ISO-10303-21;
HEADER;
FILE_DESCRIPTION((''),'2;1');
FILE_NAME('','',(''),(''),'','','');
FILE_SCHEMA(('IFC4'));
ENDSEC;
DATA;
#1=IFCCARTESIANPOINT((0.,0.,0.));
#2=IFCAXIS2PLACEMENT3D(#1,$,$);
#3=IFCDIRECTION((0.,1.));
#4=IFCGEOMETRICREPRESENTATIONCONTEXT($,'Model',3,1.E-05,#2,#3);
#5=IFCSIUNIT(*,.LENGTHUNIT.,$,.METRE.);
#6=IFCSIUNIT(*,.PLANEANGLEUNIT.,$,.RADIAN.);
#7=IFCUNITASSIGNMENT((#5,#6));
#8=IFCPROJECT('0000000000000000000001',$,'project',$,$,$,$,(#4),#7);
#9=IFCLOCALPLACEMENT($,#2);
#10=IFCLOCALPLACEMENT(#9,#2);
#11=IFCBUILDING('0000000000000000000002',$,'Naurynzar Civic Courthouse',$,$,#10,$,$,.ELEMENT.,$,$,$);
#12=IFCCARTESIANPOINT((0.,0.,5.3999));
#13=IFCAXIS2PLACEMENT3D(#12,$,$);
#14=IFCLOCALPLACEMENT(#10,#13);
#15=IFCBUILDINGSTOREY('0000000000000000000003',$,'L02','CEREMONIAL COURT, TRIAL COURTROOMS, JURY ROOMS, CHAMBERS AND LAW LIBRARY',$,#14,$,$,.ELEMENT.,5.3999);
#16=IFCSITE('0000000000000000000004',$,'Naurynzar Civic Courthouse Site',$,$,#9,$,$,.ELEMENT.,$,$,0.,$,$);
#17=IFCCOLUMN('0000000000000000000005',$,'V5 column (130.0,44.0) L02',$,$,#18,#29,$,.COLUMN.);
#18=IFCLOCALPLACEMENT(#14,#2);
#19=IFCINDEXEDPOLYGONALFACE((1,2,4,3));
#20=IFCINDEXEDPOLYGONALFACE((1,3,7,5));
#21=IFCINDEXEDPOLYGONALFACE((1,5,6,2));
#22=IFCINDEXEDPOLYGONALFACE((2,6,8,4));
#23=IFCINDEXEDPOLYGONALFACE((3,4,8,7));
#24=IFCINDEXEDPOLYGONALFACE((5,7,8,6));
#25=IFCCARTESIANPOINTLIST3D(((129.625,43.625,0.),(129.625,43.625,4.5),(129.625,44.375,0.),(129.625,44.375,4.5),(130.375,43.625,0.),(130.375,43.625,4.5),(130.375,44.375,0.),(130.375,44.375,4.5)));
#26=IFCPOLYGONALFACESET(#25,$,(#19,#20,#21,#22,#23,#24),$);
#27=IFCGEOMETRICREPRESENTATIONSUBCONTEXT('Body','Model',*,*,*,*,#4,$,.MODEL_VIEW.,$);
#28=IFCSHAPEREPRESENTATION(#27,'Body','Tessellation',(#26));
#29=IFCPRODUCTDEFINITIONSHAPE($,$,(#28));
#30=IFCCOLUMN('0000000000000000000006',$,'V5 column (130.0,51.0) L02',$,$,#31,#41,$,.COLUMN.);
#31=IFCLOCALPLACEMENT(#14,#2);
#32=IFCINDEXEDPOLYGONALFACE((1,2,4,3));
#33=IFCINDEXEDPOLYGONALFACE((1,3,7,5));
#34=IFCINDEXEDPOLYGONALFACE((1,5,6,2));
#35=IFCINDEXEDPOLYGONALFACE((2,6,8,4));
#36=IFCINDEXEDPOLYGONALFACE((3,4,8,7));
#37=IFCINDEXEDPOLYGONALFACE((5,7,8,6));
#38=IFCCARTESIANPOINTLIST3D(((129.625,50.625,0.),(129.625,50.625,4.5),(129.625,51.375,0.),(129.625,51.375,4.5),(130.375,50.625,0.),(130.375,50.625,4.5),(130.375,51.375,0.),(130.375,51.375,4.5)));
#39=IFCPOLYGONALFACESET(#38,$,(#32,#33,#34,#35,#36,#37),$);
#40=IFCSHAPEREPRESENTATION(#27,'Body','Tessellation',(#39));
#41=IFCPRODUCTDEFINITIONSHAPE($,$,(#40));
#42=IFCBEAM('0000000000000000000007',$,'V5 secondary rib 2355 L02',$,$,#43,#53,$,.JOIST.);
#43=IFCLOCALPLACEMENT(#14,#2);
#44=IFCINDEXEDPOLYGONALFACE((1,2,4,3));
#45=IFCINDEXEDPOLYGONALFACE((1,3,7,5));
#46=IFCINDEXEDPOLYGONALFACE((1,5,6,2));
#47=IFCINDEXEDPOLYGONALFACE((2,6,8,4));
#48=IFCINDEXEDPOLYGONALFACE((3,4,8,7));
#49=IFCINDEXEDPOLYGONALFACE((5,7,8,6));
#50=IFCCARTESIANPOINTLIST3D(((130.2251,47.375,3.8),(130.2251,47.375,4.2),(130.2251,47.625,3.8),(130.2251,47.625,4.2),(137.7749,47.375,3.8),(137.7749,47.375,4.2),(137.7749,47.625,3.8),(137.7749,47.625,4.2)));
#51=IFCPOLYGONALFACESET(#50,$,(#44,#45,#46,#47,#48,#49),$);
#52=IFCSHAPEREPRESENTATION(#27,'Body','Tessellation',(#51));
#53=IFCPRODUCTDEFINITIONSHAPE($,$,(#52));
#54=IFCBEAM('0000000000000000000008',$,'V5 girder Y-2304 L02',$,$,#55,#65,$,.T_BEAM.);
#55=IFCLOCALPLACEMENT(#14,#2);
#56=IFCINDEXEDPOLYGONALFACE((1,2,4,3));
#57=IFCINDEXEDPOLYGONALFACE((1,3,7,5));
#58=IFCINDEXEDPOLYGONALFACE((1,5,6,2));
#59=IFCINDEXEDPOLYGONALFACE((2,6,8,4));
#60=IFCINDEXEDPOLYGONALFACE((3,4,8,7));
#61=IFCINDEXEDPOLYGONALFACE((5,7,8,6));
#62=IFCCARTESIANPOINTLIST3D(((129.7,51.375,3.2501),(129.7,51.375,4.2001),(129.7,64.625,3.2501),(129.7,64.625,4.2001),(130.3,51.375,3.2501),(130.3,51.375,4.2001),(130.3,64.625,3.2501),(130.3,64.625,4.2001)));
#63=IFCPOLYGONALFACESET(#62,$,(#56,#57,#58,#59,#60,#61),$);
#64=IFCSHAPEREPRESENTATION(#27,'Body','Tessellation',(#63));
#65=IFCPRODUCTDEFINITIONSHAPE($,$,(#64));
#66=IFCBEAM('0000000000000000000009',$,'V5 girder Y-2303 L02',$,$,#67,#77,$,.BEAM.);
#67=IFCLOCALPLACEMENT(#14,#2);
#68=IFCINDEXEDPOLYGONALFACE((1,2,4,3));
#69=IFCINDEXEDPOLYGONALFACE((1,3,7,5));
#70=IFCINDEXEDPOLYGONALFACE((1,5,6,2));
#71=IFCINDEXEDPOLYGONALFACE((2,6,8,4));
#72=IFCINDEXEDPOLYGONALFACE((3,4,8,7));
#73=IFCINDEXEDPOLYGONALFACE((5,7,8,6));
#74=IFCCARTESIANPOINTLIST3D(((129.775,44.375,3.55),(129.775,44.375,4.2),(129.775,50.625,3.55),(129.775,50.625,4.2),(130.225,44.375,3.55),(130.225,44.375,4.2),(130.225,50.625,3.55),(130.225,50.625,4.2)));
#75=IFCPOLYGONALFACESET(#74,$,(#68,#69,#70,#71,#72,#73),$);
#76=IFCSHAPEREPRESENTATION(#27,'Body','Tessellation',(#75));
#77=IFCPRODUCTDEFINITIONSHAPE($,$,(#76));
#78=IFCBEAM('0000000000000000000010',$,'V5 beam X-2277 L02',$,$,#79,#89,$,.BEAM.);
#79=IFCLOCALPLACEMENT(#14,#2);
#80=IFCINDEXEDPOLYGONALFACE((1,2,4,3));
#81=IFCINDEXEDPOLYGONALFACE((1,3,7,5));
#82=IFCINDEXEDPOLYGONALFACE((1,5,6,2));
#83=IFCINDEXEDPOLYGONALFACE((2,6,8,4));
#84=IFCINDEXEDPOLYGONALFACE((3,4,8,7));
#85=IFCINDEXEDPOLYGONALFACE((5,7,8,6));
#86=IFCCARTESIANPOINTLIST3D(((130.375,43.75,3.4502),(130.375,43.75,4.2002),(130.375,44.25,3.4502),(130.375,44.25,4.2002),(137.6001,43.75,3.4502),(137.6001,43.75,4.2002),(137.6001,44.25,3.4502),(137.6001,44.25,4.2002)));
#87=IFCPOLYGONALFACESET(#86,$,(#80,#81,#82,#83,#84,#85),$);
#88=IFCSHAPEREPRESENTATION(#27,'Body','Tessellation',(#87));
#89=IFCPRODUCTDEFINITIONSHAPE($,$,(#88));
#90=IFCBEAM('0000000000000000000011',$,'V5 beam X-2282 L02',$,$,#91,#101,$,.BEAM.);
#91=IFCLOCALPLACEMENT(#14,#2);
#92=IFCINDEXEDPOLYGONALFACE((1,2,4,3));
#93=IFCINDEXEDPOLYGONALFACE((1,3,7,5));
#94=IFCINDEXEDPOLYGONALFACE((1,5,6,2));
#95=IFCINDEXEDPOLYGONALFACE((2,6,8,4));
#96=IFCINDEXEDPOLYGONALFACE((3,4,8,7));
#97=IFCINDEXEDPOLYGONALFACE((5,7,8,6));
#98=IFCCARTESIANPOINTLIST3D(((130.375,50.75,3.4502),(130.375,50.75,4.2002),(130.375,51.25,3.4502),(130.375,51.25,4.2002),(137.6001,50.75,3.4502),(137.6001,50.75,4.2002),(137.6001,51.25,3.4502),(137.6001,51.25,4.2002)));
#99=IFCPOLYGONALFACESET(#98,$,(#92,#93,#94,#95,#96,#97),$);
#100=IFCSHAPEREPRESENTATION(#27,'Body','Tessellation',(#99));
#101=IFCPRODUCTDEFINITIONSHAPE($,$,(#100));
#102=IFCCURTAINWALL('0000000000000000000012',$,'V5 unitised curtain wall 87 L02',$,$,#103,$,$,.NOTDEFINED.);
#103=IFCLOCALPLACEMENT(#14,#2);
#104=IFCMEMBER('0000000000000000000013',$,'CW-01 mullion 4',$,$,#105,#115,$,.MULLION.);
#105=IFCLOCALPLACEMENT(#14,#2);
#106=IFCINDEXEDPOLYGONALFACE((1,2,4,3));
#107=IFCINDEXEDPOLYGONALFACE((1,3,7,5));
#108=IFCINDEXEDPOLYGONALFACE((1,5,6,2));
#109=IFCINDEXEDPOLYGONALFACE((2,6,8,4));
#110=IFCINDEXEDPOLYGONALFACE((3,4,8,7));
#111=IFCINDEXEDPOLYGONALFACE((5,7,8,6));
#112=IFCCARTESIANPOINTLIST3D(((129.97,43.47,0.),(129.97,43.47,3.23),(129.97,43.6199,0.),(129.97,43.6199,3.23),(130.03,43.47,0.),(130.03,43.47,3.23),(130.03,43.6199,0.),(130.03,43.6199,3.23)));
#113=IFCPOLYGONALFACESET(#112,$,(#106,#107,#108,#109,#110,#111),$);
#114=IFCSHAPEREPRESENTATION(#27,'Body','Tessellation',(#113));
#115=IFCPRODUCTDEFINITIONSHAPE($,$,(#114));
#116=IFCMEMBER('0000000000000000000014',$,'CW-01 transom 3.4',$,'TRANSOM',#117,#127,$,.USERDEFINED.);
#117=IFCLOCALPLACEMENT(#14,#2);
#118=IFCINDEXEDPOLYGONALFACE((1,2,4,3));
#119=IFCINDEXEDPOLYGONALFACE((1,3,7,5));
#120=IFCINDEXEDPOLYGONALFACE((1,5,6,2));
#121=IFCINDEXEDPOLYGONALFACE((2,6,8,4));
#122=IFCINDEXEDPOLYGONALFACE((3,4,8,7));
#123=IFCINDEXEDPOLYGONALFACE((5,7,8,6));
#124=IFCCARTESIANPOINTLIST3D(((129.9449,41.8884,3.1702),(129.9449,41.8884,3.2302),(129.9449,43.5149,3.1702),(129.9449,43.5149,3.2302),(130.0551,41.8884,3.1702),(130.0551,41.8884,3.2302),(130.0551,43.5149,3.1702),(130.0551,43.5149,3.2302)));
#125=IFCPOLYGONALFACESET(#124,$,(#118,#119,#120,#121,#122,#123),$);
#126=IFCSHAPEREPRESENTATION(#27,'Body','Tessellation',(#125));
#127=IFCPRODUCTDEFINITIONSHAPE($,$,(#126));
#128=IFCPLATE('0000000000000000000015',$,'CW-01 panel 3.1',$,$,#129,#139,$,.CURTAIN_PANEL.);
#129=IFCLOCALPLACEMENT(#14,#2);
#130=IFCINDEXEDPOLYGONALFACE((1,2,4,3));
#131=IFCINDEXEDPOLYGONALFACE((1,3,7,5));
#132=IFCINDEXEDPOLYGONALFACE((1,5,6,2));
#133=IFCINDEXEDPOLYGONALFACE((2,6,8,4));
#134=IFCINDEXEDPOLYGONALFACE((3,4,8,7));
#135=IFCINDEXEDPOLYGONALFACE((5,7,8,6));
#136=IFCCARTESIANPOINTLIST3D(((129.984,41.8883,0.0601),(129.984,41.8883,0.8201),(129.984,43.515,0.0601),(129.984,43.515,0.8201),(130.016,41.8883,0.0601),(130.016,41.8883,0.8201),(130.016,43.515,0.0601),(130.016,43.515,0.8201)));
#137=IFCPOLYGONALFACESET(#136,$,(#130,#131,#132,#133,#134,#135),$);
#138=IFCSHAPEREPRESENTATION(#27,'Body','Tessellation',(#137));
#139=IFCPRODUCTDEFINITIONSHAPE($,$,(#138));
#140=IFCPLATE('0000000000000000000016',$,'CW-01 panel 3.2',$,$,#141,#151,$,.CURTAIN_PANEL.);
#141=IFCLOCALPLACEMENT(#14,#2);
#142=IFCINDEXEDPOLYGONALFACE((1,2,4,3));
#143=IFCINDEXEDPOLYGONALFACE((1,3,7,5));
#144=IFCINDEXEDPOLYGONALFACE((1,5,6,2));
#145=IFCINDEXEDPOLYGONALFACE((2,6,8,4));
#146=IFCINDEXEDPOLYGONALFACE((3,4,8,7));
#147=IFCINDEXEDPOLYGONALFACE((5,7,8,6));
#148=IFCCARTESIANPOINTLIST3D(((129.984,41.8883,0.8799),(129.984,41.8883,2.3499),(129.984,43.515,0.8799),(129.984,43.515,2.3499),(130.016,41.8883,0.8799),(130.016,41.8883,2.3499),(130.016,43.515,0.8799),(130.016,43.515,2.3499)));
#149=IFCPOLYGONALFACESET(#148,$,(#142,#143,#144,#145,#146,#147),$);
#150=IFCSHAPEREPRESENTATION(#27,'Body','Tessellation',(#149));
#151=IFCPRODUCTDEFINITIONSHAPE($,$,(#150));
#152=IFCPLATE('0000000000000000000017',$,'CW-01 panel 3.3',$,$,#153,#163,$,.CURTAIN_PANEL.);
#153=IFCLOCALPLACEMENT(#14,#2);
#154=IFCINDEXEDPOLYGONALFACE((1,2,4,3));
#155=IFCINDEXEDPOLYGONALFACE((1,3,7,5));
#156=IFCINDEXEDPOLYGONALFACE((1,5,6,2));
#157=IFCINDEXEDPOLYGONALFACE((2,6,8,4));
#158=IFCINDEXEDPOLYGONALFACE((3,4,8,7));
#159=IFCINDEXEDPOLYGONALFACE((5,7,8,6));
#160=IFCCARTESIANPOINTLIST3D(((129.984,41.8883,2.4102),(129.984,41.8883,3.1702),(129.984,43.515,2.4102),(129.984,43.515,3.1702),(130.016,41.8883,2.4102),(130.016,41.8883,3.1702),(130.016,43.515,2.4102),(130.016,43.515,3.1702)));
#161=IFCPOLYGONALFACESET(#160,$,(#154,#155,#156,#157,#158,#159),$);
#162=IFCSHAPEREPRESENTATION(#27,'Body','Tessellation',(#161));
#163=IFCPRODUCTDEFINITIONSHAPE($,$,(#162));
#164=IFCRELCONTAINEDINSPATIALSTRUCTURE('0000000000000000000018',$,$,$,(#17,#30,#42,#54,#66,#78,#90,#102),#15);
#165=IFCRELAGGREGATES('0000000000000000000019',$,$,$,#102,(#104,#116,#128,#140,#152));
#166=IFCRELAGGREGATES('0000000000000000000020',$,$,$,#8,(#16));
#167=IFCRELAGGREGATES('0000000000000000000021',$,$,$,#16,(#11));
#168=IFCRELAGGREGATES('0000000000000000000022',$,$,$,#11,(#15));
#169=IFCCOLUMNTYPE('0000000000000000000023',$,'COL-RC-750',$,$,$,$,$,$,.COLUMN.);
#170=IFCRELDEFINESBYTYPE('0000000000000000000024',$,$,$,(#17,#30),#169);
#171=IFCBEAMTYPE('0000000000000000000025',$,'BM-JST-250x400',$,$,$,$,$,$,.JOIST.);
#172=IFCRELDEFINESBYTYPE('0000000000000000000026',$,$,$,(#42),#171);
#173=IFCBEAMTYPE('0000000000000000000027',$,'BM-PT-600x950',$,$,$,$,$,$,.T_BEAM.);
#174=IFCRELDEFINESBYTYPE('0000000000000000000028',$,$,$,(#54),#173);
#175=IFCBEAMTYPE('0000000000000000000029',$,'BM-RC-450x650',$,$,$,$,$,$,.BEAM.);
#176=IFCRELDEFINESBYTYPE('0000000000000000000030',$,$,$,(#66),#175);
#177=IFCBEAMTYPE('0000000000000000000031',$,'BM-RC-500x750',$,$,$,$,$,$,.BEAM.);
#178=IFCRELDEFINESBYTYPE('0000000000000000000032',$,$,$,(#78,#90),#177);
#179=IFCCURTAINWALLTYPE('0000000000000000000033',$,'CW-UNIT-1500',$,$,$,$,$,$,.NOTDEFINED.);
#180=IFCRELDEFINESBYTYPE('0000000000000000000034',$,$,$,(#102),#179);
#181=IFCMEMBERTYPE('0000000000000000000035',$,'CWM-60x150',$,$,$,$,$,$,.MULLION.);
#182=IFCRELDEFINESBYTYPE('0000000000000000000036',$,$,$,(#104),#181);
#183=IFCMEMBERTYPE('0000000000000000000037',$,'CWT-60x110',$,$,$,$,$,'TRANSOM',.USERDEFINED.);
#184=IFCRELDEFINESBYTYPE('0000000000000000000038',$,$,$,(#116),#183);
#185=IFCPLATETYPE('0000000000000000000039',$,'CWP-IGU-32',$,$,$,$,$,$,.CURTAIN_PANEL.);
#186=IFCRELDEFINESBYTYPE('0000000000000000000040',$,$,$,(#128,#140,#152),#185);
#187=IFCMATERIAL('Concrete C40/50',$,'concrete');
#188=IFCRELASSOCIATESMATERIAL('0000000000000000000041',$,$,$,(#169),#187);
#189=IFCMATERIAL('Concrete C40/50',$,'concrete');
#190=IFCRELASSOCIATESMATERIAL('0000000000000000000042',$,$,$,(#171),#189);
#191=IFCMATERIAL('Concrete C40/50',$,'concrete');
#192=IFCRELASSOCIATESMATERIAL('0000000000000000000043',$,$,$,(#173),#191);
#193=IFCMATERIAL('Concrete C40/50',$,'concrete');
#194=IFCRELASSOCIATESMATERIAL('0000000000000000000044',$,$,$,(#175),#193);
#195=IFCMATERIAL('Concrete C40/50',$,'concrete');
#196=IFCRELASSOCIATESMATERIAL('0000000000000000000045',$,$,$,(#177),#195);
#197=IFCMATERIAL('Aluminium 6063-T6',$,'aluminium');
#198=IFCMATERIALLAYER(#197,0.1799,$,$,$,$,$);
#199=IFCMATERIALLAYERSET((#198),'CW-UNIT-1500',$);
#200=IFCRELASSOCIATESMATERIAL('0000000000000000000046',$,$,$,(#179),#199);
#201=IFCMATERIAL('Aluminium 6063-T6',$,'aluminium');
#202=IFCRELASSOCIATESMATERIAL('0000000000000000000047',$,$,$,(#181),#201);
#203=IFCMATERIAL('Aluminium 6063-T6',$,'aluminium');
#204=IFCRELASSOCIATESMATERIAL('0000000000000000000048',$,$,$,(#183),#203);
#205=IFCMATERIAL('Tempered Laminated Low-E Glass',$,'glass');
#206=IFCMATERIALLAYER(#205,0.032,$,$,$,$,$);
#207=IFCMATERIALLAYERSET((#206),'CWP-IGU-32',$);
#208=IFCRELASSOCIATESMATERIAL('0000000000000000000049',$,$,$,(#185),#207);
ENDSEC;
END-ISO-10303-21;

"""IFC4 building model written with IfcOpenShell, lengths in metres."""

from ifc_helpers import new_model, si_unit, direction, frame, origin, origin_2d, place, context, subcontext, project, spatial, rectangle, extrude, material, layer, layer_set, material_profile, profile_set, type_object, element, aggregate, save


model = new_model("IFC4")

# Units and contexts
model_context = context("Model", 3, precision=1e-05, world=origin(), true_north=direction((0.0, 1.0)))
body_context = subcontext(model_context, "Body", "Model", "MODEL_VIEW")
ifc_project = project(units=[si_unit("LENGTHUNIT", "METRE"), si_unit("PLANEANGLEUNIT", "RADIAN")], contexts=[model_context])

# Site, building, storey
site_placement = place(None, origin())
site = spatial("IfcSite", under=ifc_project, at=site_placement, Name="Naurynzar Civic Courthouse Site", CompositionType="ELEMENT", RefElevation=0.0)
building_placement = place(site_placement, origin())
building = spatial("IfcBuilding", under=site, at=building_placement, Name="Naurynzar Civic Courthouse", CompositionType="ELEMENT")
storey_placement = place(building_placement, frame((0.0, 0.0, 5.3999)))
storey = spatial("IfcBuildingStorey", under=building, at=storey_placement, Name="L02", Description="CEREMONIAL COURT, TRIAL COURTROOMS, JURY ROOMS, CHAMBERS AND LAW LIBRARY", CompositionType="ELEMENT", Elevation=5.3999)

# Columns
ifc_material_1 = material(Name="Concrete C40/50", Category="concrete")
ifc_material_profile_1 = material_profile(ifc_material_1, rectangle(XDim=0.75, YDim=0.75, at=origin_2d()), Name="RC 750x750")
ifc_profile_set_1 = profile_set([ifc_material_profile_1], Name="Concrete C40/50")
column_type = type_object("IfcColumnType", Name="COL-RC-750", PredefinedType="COLUMN", material=ifc_profile_set_1)
for number, where, z_axis, x_axis, name in (
    (1, (130.0, 44.0, 0.0), (0.0, 0.0, 1.0), (1.0, 0.0, 0.0), "V5 column (130.0,44.0) L02"),
    (2, (130.0, 51.0, 0.0), (0.0, 0.0, 1.0), (1.0, 0.0, 0.0), "V5 column (130.0,51.0) L02"),
):
    element("IfcColumn", number, at=place(storey_placement, frame(where, z_axis=z_axis, x_axis=x_axis)), inside=storey, type_object=column_type, Name=name, PredefinedType="COLUMN", context=body_context, shape_type="SweptSolid", body=[
        extrude(rectangle(XDim=0.75, YDim=0.75, at=origin_2d()), origin(), (0.0, 0.0, 1.0), 4.5),
    ])

# Beams
ifc_material_2 = material(Name="Concrete C40/50", Category="concrete")
ifc_material_profile_2 = material_profile(ifc_material_2, rectangle(XDim=0.25, YDim=0.3999, at=origin_2d()), Name="RCB 250x400")
ifc_profile_set_2 = profile_set([ifc_material_profile_2], Name="Concrete C40/50")
beam_type_1 = type_object("IfcBeamType", Name="BM-JST-250x400", PredefinedType="JOIST", material=ifc_profile_set_2)
beam_1_placement = place(storey_placement, frame((130.2251, 47.5, 4.0), z_axis=(1.0, 0.0, 0.0), x_axis=(0.0, 1.0, 0.0)))
element("IfcBeam", 3, at=beam_1_placement, inside=storey, type_object=beam_type_1, Name="V5 secondary rib 2355 L02", PredefinedType="JOIST", context=body_context, shape_type="SweptSolid", body=[
    extrude(rectangle(XDim=0.25, YDim=0.3999, at=origin_2d()), origin(), (0.0, 0.0, 1.0), 7.5498),
])
ifc_material_3 = material(Name="Concrete C40/50", Category="concrete")
ifc_material_profile_3 = material_profile(ifc_material_3, rectangle(XDim=0.6001, YDim=0.95, at=origin_2d()), Name="PTB 600x950")
ifc_profile_set_3 = profile_set([ifc_material_profile_3], Name="Concrete C40/50")
beam_type_2 = type_object("IfcBeamType", Name="BM-PT-600x950", PredefinedType="T_BEAM", material=ifc_profile_set_3)
beam_2_placement = place(storey_placement, frame((130.0, 51.375, 3.7251), z_axis=(0.0, 1.0, 0.0), x_axis=(-1.0, 0.0, 0.0)))
element("IfcBeam", 4, at=beam_2_placement, inside=storey, type_object=beam_type_2, Name="V5 girder Y-2304 L02", PredefinedType="T_BEAM", context=body_context, shape_type="SweptSolid", body=[
    extrude(rectangle(XDim=0.6001, YDim=0.95, at=origin_2d()), origin(), (0.0, 0.0, 1.0), 13.25),
])
ifc_material_4 = material(Name="Concrete C40/50", Category="concrete")
ifc_material_profile_4 = material_profile(ifc_material_4, rectangle(XDim=0.45, YDim=0.6499, at=origin_2d()), Name="RCB 450x650")
ifc_profile_set_4 = profile_set([ifc_material_profile_4], Name="Concrete C40/50")
beam_type_3 = type_object("IfcBeamType", Name="BM-RC-450x650", PredefinedType="BEAM", material=ifc_profile_set_4)
beam_3_placement = place(storey_placement, frame((130.0, 44.375, 3.875), z_axis=(0.0, 1.0, 0.0), x_axis=(-1.0, 0.0, 0.0)))
element("IfcBeam", 5, at=beam_3_placement, inside=storey, type_object=beam_type_3, Name="V5 girder Y-2303 L02", PredefinedType="BEAM", context=body_context, shape_type="SweptSolid", body=[
    extrude(rectangle(XDim=0.45, YDim=0.6499, at=origin_2d()), origin(), (0.0, 0.0, 1.0), 6.25),
])
ifc_material_5 = material(Name="Concrete C40/50", Category="concrete")
ifc_material_profile_5 = material_profile(ifc_material_5, rectangle(XDim=0.5, YDim=0.75, at=origin_2d()), Name="RCB 500x750")
ifc_profile_set_5 = profile_set([ifc_material_profile_5], Name="Concrete C40/50")
beam_type_4 = type_object("IfcBeamType", Name="BM-RC-500x750", PredefinedType="BEAM", material=ifc_profile_set_5)
for number, where, z_axis, x_axis, name in (
    (6, (130.375, 44.0, 3.8252), (1.0, 0.0, 0.0), (0.0, 1.0, 0.0), "V5 beam X-2277 L02"),
    (7, (130.375, 51.0, 3.8252), (1.0, 0.0, 0.0), (0.0, 1.0, 0.0), "V5 beam X-2282 L02"),
):
    element("IfcBeam", number, at=place(storey_placement, frame(where, z_axis=z_axis, x_axis=x_axis)), inside=storey, type_object=beam_type_4, Name=name, PredefinedType="BEAM", context=body_context, shape_type="SweptSolid", body=[
        extrude(rectangle(XDim=0.5, YDim=0.75, at=origin_2d()), origin(), (0.0, 0.0, 1.0), 7.2251),
    ])

# Curtain wall, members, plates
ifc_material_6 = material(Name="Aluminium 6063-T6", Category="aluminium")
ifc_layer_1 = layer(ifc_material_6, 0.1799)
ifc_layer_set_1 = layer_set([ifc_layer_1], Name="CW-UNIT-1500")
curtain_wall_type = type_object("IfcCurtainWallType", Name="CW-UNIT-1500", PredefinedType="NOTDEFINED", material=ifc_layer_set_1)
curtain_wall_placement = place(storey_placement, origin())
curtain_wall = element("IfcCurtainWall", 8, at=curtain_wall_placement, inside=storey, type_object=curtain_wall_type, Name="V5 unitised curtain wall 87 L02", PredefinedType="NOTDEFINED")
ifc_material_7 = material(Name="Aluminium 6063-T6", Category="aluminium")
ifc_material_profile_6 = material_profile(ifc_material_7, rectangle(XDim=0.0601, YDim=0.1499, at=origin_2d()), Name="ALU MULLION 60x150")
ifc_profile_set_6 = profile_set([ifc_material_profile_6], Name="Aluminium 6063-T6")
member_type_1 = type_object("IfcMemberType", Name="CWM-60x150", PredefinedType="MULLION", material=ifc_profile_set_6)
member_1_placement = place(storey_placement, frame((130.0, 43.5449, 0.0), z_axis=(0.0, 0.0, 1.0), x_axis=(-1.0, 0.0, 0.0)))
member_1 = element("IfcMember", 9, at=member_1_placement, type_object=member_type_1, Name="CW-01 mullion 4", PredefinedType="MULLION", context=body_context, shape_type="SweptSolid", body=[
    extrude(rectangle(XDim=0.0601, YDim=0.1499, at=origin_2d()), origin(), (0.0, 0.0, 1.0), 3.23),
])
ifc_material_8 = material(Name="Aluminium 6063-T6", Category="aluminium")
ifc_material_profile_7 = material_profile(ifc_material_8, rectangle(XDim=0.1101, YDim=0.0601, at=origin_2d()), Name="ALU TRANSOM 60x110")
ifc_profile_set_7 = profile_set([ifc_material_profile_7], Name="Aluminium 6063-T6")
member_type_2 = type_object("IfcMemberType", Name="CWT-60x110", ElementType="TRANSOM", PredefinedType="USERDEFINED", material=ifc_profile_set_7)
member_2_placement = place(storey_placement, frame((130.0, 41.8884, 3.2002), z_axis=(0.0, 1.0, 0.0), x_axis=(-1.0, 0.0, 0.0)))
member_2 = element("IfcMember", 10, at=member_2_placement, type_object=member_type_2, Name="CW-01 transom 3.4", ObjectType="TRANSOM", PredefinedType="USERDEFINED", context=body_context, shape_type="SweptSolid", body=[
    extrude(rectangle(XDim=0.1101, YDim=0.0601, at=origin_2d()), origin(), (0.0, 0.0, 1.0), 1.6265),
])
ifc_material_9 = material(Name="Tempered Laminated Low-E Glass", Category="glass")
ifc_layer_2 = layer(ifc_material_9, 0.032)
ifc_layer_set_2 = layer_set([ifc_layer_2], Name="CWP-IGU-32")
plate_type = type_object("IfcPlateType", Name="CWP-IGU-32", PredefinedType="CURTAIN_PANEL", material=ifc_layer_set_2)
plate_1_placement = place(storey_placement, frame((130.0, 42.7017, 0.0601), z_axis=(0.0, 0.0, 1.0), x_axis=(0.0, 1.0, 0.0)))
plate_1 = element("IfcPlate", 11, at=plate_1_placement, type_object=plate_type, Name="CW-01 panel 3.1", PredefinedType="CURTAIN_PANEL", context=body_context, shape_type="SweptSolid", body=[
    extrude(rectangle(XDim=1.6267, YDim=0.032, at=origin_2d()), origin(), (0.0, 0.0, 1.0), 0.76),
])
plate_2_placement = place(storey_placement, frame((130.0, 42.7017, 0.8799), z_axis=(0.0, 0.0, 1.0), x_axis=(0.0, 1.0, 0.0)))
plate_2 = element("IfcPlate", 12, at=plate_2_placement, type_object=plate_type, Name="CW-01 panel 3.2", PredefinedType="CURTAIN_PANEL", context=body_context, shape_type="SweptSolid", body=[
    extrude(rectangle(XDim=1.6267, YDim=0.032, at=origin_2d()), origin(), (0.0, 0.0, 1.0), 1.47),
])
plate_3_placement = place(storey_placement, frame((130.0, 42.7017, 2.4102), z_axis=(0.0, 0.0, 1.0), x_axis=(0.0, 1.0, 0.0)))
plate_3 = element("IfcPlate", 13, at=plate_3_placement, type_object=plate_type, Name="CW-01 panel 3.3", PredefinedType="CURTAIN_PANEL", context=body_context, shape_type="SweptSolid", body=[
    extrude(rectangle(XDim=1.6267, YDim=0.032, at=origin_2d()), origin(), (0.0, 0.0, 1.0), 0.76),
])
aggregate(curtain_wall, [member_1, member_2, plate_1, plate_2, plate_3])

save(model, "model.ifc")
